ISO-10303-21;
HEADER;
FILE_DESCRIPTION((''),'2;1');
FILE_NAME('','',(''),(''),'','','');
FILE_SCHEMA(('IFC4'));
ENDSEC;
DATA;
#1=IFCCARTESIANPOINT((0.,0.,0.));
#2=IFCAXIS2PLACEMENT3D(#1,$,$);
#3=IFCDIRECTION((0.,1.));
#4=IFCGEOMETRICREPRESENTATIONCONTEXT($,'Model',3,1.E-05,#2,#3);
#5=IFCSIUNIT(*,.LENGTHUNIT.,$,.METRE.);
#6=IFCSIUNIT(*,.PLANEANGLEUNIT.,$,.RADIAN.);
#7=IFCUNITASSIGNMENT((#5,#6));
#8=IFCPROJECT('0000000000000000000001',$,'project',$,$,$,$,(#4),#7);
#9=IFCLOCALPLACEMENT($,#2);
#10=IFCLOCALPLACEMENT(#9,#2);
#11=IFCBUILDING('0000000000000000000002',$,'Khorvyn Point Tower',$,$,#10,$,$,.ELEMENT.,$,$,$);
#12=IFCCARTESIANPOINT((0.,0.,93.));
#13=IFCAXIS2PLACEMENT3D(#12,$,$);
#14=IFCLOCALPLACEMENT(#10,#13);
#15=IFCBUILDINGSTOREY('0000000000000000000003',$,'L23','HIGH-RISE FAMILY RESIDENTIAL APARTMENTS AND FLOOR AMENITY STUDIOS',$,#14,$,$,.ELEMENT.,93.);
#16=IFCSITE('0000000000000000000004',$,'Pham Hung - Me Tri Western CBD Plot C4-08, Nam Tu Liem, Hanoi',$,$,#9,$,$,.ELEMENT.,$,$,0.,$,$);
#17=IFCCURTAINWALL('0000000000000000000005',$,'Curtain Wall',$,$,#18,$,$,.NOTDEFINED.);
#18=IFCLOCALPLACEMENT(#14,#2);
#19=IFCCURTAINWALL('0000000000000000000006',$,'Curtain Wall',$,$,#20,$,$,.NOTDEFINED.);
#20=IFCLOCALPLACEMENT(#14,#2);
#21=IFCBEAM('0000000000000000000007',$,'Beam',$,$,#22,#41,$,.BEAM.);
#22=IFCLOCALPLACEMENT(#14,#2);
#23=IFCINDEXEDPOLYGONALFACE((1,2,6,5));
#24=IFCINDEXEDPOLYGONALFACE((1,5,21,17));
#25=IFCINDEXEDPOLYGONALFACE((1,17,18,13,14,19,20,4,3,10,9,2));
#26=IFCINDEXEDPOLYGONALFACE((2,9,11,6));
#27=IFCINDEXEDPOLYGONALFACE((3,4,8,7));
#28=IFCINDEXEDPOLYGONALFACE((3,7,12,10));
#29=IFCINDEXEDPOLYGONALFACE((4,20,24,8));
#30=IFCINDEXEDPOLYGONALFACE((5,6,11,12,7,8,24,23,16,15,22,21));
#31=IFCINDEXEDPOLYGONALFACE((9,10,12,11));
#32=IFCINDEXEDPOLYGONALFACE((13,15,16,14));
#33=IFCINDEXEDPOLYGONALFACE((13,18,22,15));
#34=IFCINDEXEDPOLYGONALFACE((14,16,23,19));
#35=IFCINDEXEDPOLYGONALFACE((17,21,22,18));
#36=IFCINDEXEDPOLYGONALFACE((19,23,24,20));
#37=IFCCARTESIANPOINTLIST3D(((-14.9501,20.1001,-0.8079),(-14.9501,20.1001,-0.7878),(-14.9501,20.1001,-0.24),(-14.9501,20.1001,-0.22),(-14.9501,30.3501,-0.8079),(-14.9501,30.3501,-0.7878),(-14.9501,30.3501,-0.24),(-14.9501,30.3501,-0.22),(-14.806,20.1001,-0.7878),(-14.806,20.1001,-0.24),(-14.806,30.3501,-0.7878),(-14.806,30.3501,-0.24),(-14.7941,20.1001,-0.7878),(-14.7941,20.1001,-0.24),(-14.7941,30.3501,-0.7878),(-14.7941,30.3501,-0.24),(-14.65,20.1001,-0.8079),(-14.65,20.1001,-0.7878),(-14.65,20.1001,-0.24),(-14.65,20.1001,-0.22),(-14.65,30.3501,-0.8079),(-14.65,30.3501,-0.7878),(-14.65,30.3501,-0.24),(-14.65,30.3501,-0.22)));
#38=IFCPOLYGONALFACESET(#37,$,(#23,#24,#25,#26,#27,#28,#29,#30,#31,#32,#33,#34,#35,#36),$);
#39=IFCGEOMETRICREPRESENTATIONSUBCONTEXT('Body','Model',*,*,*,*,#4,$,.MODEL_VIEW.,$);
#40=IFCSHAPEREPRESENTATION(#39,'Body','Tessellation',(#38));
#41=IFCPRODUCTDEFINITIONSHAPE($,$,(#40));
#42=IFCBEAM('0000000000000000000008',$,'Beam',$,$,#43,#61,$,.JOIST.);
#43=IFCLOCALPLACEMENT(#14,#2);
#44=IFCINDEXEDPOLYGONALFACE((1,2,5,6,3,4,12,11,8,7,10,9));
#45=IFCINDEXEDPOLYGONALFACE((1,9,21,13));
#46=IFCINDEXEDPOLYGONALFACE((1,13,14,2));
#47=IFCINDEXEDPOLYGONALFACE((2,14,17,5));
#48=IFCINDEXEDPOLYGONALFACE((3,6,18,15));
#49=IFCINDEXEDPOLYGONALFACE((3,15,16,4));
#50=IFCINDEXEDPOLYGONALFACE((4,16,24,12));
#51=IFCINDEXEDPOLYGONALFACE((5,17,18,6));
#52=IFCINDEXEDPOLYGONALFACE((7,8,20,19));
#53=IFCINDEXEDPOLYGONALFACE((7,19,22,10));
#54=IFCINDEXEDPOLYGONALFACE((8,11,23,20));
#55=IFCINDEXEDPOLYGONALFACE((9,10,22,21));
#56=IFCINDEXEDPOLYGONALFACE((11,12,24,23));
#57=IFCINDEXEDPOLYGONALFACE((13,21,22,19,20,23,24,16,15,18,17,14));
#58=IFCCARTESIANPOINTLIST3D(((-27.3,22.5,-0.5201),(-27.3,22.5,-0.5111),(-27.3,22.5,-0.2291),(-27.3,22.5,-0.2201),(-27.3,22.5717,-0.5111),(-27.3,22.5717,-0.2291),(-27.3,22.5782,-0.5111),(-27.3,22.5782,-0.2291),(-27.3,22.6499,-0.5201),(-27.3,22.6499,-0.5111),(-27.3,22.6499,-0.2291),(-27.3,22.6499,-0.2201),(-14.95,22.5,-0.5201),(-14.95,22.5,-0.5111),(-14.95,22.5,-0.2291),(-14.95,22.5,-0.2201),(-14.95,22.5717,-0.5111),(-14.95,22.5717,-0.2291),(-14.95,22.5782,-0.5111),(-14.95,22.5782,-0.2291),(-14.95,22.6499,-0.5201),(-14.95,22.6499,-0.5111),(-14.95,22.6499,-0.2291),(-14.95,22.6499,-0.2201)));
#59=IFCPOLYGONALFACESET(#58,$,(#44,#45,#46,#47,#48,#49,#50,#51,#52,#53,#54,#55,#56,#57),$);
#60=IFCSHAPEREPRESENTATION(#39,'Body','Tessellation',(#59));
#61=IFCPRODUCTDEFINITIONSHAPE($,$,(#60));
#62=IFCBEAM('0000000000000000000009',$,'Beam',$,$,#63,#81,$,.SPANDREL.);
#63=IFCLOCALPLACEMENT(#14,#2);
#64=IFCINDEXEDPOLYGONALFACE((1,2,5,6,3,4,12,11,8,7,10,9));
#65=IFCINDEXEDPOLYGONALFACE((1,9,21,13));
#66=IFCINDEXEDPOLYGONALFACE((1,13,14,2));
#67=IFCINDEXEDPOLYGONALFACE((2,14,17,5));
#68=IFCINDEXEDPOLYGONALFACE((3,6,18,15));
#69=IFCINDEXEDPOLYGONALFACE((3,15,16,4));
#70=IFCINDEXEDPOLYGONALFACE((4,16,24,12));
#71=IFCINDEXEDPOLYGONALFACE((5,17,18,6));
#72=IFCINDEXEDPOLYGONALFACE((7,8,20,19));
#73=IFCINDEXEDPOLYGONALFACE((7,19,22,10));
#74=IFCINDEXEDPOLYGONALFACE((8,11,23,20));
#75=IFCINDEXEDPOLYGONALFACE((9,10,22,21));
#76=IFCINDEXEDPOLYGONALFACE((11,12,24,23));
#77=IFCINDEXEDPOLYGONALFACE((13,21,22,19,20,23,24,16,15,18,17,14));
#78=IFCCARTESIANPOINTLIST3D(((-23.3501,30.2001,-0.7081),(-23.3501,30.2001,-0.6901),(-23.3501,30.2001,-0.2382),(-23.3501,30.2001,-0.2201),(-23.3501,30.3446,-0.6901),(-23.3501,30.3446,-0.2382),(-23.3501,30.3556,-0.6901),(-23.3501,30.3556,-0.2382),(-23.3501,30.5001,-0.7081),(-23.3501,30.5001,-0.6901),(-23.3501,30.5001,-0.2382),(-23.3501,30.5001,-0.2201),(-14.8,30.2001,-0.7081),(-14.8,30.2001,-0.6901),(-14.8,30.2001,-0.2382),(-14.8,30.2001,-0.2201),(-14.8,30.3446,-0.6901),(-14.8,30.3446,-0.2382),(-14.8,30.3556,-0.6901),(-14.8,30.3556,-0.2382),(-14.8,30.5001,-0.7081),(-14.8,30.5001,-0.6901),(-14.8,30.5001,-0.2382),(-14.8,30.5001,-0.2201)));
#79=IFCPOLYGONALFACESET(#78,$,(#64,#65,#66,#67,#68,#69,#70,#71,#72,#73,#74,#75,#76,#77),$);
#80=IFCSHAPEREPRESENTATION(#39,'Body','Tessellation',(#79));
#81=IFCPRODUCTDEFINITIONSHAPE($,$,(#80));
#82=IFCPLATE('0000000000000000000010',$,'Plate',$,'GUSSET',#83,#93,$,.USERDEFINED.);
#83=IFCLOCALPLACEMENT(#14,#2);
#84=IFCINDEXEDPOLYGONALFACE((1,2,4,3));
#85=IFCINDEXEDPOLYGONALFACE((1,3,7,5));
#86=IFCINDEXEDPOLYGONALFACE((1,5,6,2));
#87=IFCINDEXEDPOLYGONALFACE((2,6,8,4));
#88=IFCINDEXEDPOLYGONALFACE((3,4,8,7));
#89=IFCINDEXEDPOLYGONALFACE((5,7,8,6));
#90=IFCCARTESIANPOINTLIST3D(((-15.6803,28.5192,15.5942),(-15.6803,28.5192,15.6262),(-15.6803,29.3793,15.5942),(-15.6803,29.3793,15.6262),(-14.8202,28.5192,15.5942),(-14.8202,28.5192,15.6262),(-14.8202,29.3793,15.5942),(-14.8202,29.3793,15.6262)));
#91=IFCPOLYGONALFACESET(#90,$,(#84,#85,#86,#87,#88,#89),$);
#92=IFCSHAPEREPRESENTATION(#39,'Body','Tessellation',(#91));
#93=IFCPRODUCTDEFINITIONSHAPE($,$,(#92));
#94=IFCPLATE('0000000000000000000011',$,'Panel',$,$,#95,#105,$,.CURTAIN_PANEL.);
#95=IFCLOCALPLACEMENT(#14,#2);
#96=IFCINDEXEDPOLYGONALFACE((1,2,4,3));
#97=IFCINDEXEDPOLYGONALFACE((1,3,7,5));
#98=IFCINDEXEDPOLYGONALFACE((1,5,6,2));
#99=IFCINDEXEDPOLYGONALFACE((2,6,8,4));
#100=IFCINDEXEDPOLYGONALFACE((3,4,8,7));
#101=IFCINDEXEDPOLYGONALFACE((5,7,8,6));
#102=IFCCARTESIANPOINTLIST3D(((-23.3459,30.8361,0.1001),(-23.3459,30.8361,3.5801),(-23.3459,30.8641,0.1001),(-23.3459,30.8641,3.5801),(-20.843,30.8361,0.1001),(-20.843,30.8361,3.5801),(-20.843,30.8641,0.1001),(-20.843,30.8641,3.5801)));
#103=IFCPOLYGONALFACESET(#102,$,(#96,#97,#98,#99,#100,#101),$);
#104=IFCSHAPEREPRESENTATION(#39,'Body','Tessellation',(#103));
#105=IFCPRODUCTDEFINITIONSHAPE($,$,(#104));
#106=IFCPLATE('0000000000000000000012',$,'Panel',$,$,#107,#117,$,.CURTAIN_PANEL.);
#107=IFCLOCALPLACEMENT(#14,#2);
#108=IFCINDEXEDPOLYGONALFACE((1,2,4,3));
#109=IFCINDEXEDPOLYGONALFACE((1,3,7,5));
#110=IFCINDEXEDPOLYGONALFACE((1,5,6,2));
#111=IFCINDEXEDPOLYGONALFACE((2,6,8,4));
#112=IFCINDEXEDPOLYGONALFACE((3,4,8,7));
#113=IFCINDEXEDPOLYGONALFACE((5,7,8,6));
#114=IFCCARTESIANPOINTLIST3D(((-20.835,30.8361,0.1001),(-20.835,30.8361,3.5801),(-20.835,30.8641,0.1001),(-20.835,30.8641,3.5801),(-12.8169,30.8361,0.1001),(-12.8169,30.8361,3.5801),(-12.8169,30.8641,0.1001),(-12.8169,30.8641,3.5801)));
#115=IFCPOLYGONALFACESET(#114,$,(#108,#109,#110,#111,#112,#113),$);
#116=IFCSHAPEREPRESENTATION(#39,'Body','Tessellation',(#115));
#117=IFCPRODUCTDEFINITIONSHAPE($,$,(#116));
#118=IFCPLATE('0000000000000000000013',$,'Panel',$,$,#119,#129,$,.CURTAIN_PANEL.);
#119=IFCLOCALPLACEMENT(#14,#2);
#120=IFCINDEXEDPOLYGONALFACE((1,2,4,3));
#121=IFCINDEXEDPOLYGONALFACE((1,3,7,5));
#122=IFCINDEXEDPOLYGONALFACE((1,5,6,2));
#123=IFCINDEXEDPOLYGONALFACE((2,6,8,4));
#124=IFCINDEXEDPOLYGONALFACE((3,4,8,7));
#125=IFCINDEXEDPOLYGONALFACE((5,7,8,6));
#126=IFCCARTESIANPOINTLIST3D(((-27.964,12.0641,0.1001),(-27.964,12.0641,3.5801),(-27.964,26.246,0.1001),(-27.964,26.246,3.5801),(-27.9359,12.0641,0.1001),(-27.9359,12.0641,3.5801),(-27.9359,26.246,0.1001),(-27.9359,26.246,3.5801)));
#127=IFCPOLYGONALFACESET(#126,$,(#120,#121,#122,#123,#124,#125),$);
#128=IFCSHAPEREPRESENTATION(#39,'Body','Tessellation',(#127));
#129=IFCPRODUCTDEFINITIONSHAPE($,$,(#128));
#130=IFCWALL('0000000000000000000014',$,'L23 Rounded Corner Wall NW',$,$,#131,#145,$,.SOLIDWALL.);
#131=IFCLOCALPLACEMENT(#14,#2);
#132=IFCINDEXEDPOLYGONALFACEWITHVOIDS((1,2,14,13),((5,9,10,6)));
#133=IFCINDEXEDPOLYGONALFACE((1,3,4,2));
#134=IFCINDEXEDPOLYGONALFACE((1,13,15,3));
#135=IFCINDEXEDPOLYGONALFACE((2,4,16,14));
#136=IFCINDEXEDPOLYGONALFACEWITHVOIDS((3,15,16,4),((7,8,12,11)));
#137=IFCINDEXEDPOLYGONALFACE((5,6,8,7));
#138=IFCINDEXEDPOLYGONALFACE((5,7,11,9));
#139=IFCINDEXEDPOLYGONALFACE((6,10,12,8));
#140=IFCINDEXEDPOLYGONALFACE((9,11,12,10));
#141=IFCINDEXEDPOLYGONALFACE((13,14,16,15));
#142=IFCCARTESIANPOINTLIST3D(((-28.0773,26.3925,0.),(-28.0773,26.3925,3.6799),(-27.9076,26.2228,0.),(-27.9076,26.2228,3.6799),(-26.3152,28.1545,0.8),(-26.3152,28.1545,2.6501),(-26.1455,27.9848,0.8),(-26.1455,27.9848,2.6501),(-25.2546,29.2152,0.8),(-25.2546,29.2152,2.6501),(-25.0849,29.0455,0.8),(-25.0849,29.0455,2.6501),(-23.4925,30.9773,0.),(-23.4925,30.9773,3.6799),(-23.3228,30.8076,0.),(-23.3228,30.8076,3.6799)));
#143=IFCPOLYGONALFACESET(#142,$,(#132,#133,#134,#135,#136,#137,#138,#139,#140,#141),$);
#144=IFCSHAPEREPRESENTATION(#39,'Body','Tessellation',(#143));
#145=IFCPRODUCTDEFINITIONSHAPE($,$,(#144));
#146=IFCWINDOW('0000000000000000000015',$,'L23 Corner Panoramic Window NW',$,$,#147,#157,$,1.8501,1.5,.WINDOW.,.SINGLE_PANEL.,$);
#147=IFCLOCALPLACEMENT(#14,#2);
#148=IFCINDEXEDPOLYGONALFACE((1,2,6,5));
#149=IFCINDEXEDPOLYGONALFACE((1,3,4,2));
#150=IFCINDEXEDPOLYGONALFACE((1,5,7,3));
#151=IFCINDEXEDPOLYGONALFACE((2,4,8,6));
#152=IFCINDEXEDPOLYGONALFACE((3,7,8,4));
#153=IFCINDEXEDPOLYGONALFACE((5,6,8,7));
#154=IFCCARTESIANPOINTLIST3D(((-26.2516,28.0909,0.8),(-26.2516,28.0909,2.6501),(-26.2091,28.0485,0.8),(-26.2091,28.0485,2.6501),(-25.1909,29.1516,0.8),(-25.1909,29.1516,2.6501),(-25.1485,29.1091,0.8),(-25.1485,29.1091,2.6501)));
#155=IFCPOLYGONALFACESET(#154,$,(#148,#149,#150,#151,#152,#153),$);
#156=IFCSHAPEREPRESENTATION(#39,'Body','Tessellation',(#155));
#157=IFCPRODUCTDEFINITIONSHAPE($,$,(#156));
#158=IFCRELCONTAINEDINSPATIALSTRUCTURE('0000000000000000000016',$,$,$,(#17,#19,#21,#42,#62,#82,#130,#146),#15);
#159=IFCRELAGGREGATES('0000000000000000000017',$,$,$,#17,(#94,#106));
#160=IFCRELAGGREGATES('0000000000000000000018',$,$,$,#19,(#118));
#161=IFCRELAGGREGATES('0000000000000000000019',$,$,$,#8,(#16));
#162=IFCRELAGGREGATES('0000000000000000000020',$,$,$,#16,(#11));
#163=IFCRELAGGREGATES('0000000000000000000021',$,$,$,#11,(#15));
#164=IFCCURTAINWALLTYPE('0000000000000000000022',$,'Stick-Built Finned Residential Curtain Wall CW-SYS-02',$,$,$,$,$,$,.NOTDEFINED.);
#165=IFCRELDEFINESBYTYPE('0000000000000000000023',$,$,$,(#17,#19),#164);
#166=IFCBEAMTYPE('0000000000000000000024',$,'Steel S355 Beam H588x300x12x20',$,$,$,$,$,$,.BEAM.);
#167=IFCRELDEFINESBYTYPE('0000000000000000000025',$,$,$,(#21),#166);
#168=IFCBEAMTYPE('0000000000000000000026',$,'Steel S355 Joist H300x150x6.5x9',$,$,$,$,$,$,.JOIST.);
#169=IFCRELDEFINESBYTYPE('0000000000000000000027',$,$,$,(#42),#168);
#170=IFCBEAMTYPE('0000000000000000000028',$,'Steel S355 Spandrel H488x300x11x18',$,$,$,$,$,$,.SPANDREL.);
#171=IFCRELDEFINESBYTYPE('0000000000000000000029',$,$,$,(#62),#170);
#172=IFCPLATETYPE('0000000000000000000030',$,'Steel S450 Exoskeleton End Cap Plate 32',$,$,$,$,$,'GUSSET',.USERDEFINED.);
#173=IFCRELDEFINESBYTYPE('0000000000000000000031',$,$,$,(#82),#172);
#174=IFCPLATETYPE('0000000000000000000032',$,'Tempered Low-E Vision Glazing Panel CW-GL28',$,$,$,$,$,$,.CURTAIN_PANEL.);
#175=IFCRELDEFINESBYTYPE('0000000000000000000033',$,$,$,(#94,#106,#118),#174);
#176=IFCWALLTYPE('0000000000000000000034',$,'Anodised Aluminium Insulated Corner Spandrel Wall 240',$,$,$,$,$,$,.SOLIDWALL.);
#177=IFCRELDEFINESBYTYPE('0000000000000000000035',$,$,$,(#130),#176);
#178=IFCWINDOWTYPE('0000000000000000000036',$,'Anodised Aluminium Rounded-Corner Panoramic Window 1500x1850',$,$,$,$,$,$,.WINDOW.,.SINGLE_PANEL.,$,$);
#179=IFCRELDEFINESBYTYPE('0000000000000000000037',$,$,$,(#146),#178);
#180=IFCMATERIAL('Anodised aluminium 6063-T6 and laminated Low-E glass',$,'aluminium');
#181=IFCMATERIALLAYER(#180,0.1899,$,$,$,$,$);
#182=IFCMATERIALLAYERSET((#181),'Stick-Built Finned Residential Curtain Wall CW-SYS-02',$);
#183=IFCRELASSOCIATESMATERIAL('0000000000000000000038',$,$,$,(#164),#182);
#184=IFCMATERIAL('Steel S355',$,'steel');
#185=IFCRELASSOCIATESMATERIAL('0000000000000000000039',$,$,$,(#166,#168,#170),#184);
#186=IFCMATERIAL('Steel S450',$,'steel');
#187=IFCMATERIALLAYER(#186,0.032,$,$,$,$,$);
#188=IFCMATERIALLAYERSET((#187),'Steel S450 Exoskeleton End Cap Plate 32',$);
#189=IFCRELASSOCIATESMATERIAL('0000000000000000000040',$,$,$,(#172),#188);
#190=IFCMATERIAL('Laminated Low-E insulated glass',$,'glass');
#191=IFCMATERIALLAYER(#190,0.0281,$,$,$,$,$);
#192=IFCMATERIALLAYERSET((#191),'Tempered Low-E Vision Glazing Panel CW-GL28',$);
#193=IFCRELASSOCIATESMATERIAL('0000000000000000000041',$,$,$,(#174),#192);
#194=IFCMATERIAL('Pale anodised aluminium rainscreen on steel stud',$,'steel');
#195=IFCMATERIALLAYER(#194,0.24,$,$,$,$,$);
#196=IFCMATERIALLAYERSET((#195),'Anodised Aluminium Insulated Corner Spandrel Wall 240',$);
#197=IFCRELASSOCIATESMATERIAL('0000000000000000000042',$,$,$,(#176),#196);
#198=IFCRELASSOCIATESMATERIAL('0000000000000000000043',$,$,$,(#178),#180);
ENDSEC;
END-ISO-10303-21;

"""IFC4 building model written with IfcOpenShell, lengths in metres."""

from ifc_helpers import new_model, si_unit, direction, frame, frame_2d, origin, origin_2d, place, context, subcontext, project, spatial, rectangle, i_section, extrude, material, layer, layer_set, material_profile, profile_set, type_object, element, fill, aggregate, save


model = new_model("IFC4")

# Units and contexts
model_context = context("Model", 3, precision=1e-05, world=origin(), true_north=direction((0.0, 1.0)))
body_context = subcontext(model_context, "Body", "Model", "MODEL_VIEW")
ifc_project = project(units=[si_unit("LENGTHUNIT", "METRE"), si_unit("PLANEANGLEUNIT", "RADIAN")], contexts=[model_context])

# Site, building, storey
site_placement = place(None, origin())
site = spatial("IfcSite", under=ifc_project, at=site_placement, Name="Pham Hung - Me Tri Western CBD Plot C4-08, Nam Tu Liem, Hanoi", CompositionType="ELEMENT", RefElevation=0.0)
building_placement = place(site_placement, origin())
building = spatial("IfcBuilding", under=site, at=building_placement, Name="Khorvyn Point Tower", CompositionType="ELEMENT")
storey_placement = place(building_placement, frame((0.0, 0.0, 93.0)))
storey = spatial("IfcBuildingStorey", under=building, at=storey_placement, Name="L23", Description="HIGH-RISE FAMILY RESIDENTIAL APARTMENTS AND FLOOR AMENITY STUDIOS", CompositionType="ELEMENT", Elevation=93.0)

# Shared definitions
ifc_material_1 = material(Name="Steel S450", Category="steel")

# Curtain walls
ifc_material_2 = material(Name="Anodised aluminium 6063-T6 and laminated Low-E glass", Category="aluminium")
ifc_layer_1 = layer(ifc_material_2, 0.1899)
ifc_layer_set_1 = layer_set([ifc_layer_1], Name="Stick-Built Finned Residential Curtain Wall CW-SYS-02")
curtain_wall_type = type_object("IfcCurtainWallType", Name="Stick-Built Finned Residential Curtain Wall CW-SYS-02", PredefinedType="NOTDEFINED", material=ifc_layer_set_1)
curtain_wall_1_placement = place(storey_placement, origin())
curtain_wall_1 = element("IfcCurtainWall", 1, at=curtain_wall_1_placement, inside=storey, type_object=curtain_wall_type, Name="Curtain Wall", PredefinedType="NOTDEFINED")
curtain_wall_2_placement = place(storey_placement, origin())
curtain_wall_2 = element("IfcCurtainWall", 2, at=curtain_wall_2_placement, inside=storey, type_object=curtain_wall_type, Name="Curtain Wall", PredefinedType="NOTDEFINED")

# Beams
ifc_material_3 = material(Name="Steel S355", Category="steel")
ifc_material_profile_1 = material_profile(ifc_material_3, i_section(OverallWidth=0.3, OverallDepth=0.5879, WebThickness=0.012, FlangeThickness=0.02, at=origin_2d()))
ifc_profile_set_1 = profile_set([ifc_material_profile_1], Name="Steel S355 H588x300x12x20")
beam_type_1 = type_object("IfcBeamType", Name="Steel S355 Beam H588x300x12x20", PredefinedType="BEAM", material=ifc_profile_set_1)
beam_1_placement = place(storey_placement, frame((-14.8, 20.1001, -0.5139), z_axis=(0.0, 1.0, 0.0), x_axis=(-1.0, 0.0, 0.0)))
element("IfcBeam", 3, at=beam_1_placement, inside=storey, type_object=beam_type_1, Name="Beam", PredefinedType="BEAM", context=body_context, shape_type="SweptSolid", body=[
    extrude(i_section(OverallWidth=0.3, OverallDepth=0.5879, WebThickness=0.012, FlangeThickness=0.02, at=origin_2d()), origin(), (0.0, 0.0, 1.0), 10.25),
])
ifc_material_profile_2 = material_profile(ifc_material_3, i_section(OverallWidth=0.1499, OverallDepth=0.3, WebThickness=0.0066, FlangeThickness=0.009, at=origin_2d()))
ifc_profile_set_2 = profile_set([ifc_material_profile_2], Name="Steel S355 H300x150x6.5x9")
beam_type_2 = type_object("IfcBeamType", Name="Steel S355 Joist H300x150x6.5x9", PredefinedType="JOIST", material=ifc_profile_set_2)
beam_2_placement = place(storey_placement, frame((-27.3, 22.575, -0.3701), z_axis=(1.0, 0.0, 0.0), x_axis=(0.0, 1.0, 0.0)))
element("IfcBeam", 4, at=beam_2_placement, inside=storey, type_object=beam_type_2, Name="Beam", PredefinedType="JOIST", context=body_context, shape_type="SweptSolid", body=[
    extrude(i_section(OverallWidth=0.1499, OverallDepth=0.3, WebThickness=0.0066, FlangeThickness=0.009, at=origin_2d()), origin(), (0.0, 0.0, 1.0), 12.3501),
])
ifc_material_profile_3 = material_profile(ifc_material_3, i_section(OverallWidth=0.3, OverallDepth=0.488, WebThickness=0.011, FlangeThickness=0.0181, at=origin_2d()))
ifc_profile_set_3 = profile_set([ifc_material_profile_3], Name="Steel S355 H488x300x11x18")
beam_type_3 = type_object("IfcBeamType", Name="Steel S355 Spandrel H488x300x11x18", PredefinedType="SPANDREL", material=ifc_profile_set_3)
beam_3_placement = place(storey_placement, frame((-23.3501, 30.3501, -0.4641), z_axis=(1.0, 0.0, 0.0), x_axis=(0.0, 1.0, 0.0)))
element("IfcBeam", 5, at=beam_3_placement, inside=storey, type_object=beam_type_3, Name="Beam", PredefinedType="SPANDREL", context=body_context, shape_type="SweptSolid", body=[
    extrude(i_section(OverallWidth=0.3, OverallDepth=0.488, WebThickness=0.011, FlangeThickness=0.0181, at=origin_2d()), origin(), (0.0, 0.0, 1.0), 8.55),
])

# Plates
ifc_layer_2 = layer(ifc_material_1, 0.032)
ifc_layer_set_2 = layer_set([ifc_layer_2], Name="Steel S450 Exoskeleton End Cap Plate 32")
plate_type_1 = type_object("IfcPlateType", Name="Steel S450 Exoskeleton End Cap Plate 32", ElementType="GUSSET", PredefinedType="USERDEFINED", material=ifc_layer_set_2)
plate_1_placement = place(storey_placement, frame((-15.2502, 28.9492, 15.5942), z_axis=(0.0, 0.0, 1.0), x_axis=(1.0, 0.0, 0.0)))
element("IfcPlate", 6, at=plate_1_placement, inside=storey, type_object=plate_type_1, Name="Plate", ObjectType="GUSSET", PredefinedType="USERDEFINED", context=body_context, shape_type="SweptSolid", body=[
    extrude(rectangle(XDim=0.8601, YDim=0.8601, at=origin_2d()), origin(), (0.0, 0.0, 1.0), 0.032),
])
ifc_material_4 = material(Name="Laminated Low-E insulated glass", Category="glass")
ifc_layer_3 = layer(ifc_material_4, 0.0281)
ifc_layer_set_3 = layer_set([ifc_layer_3], Name="Tempered Low-E Vision Glazing Panel CW-GL28")
plate_type_2 = type_object("IfcPlateType", Name="Tempered Low-E Vision Glazing Panel CW-GL28", PredefinedType="CURTAIN_PANEL", material=ifc_layer_set_3)
plate_2_placement = place(storey_placement, frame((-22.0945, 30.8501, 0.1001), z_axis=(0.0, 0.0, 1.0), x_axis=(1.0, 0.0, 0.0)))
plate_2 = element("IfcPlate", 7, at=plate_2_placement, type_object=plate_type_2, Name="Panel", PredefinedType="CURTAIN_PANEL", context=body_context, shape_type="SweptSolid", body=[
    extrude(rectangle(XDim=2.5029, YDim=0.0281, at=origin_2d()), origin(), (0.0, 0.0, 1.0), 3.48),
])
plate_3_placement = place(storey_placement, frame((-16.8259, 30.8501, 0.1001), z_axis=(0.0, 0.0, 1.0), x_axis=(1.0, 0.0, 0.0)))
plate_3 = element("IfcPlate", 8, at=plate_3_placement, type_object=plate_type_2, Name="Panel", PredefinedType="CURTAIN_PANEL", context=body_context, shape_type="SweptSolid", body=[
    extrude(rectangle(XDim=8.0181, YDim=0.0281, at=origin_2d()), origin(), (0.0, 0.0, 1.0), 3.48),
])
aggregate(curtain_wall_1, [plate_2, plate_3])
plate_4_placement = place(storey_placement, frame((-27.95, 19.155, 0.1001), z_axis=(0.0, 0.0, 1.0), x_axis=(0.0, 1.0, 0.0)))
plate_4 = element("IfcPlate", 9, at=plate_4_placement, type_object=plate_type_2, Name="Panel", PredefinedType="CURTAIN_PANEL", context=body_context, shape_type="SweptSolid", body=[
    extrude(rectangle(XDim=14.1819, YDim=0.0281, at=origin_2d()), origin(), (0.0, 0.0, 1.0), 3.48),
])
aggregate(curtain_wall_2, [plate_4])

# Wall, opening, window
ifc_material_5 = material(Name="Pale anodised aluminium rainscreen on steel stud", Category="steel")
ifc_layer_4 = layer(ifc_material_5, 0.24)
ifc_layer_set_4 = layer_set([ifc_layer_4], Name="Anodised Aluminium Insulated Corner Spandrel Wall 240")
wall_type_1 = type_object("IfcWallType", Name="Anodised Aluminium Insulated Corner Spandrel Wall 240", PredefinedType="SOLIDWALL", material=ifc_layer_set_4)
wall_1_placement = place(storey_placement, frame((-27.9924, 26.3076, 0.0), z_axis=(0.0, 0.0, 1.0), x_axis=(0.707107, 0.707107, 0.0)))
wall_1 = element("IfcWall", 10, at=wall_1_placement, inside=storey, type_object=wall_type_1, Name="L23 Rounded Corner Wall NW", PredefinedType="SOLIDWALL", context=body_context, shape_type="SweptSolid", body=[
    extrude(rectangle(XDim=6.4839, YDim=0.24, at=frame_2d((3.2419, 0.0))), origin(), (0.0, 0.0, 1.0), 3.6799),
])
opening_1_placement = place(wall_1_placement, frame((2.4919, 0.0, 0.8)))
opening_1 = element("IfcOpeningElement", 11, at=opening_1_placement, cuts=wall_1, PredefinedType="OPENING", context=body_context, shape_type="SweptSolid", body=[
    extrude(rectangle(XDim=1.5, YDim=1.8501, at=frame_2d((0.75, 0.925))), frame((0.0, 0.1299, 0.0), z_axis=(0.0, -1.0, 0.0), x_axis=(1.0, 0.0, 0.0)), (0.0, 0.0, 1.0), 0.26),
])
window_type = type_object("IfcWindowType", Name="Anodised Aluminium Rounded-Corner Panoramic Window 1500x1850", PartitioningType="SINGLE_PANEL", PredefinedType="WINDOW", material=ifc_material_2)
window_placement = place(opening_1_placement, origin())
window = element("IfcWindow", 12, at=window_placement, inside=storey, type_object=window_type, Name="L23 Corner Panoramic Window NW", OverallHeight=1.8501, OverallWidth=1.5, PartitioningType="SINGLE_PANEL", PredefinedType="WINDOW", context=body_context, shape_type="SweptSolid", body=[
    extrude(rectangle(XDim=1.5, YDim=1.8501, at=frame_2d((0.75, 0.925))), frame((0.0, 0.03, 0.0), z_axis=(0.0, -1.0, 0.0), x_axis=(1.0, 0.0, 0.0)), (0.0, 0.0, 1.0), 0.0601),
])
fill(opening_1, window)

save(model, "model.ifc")
